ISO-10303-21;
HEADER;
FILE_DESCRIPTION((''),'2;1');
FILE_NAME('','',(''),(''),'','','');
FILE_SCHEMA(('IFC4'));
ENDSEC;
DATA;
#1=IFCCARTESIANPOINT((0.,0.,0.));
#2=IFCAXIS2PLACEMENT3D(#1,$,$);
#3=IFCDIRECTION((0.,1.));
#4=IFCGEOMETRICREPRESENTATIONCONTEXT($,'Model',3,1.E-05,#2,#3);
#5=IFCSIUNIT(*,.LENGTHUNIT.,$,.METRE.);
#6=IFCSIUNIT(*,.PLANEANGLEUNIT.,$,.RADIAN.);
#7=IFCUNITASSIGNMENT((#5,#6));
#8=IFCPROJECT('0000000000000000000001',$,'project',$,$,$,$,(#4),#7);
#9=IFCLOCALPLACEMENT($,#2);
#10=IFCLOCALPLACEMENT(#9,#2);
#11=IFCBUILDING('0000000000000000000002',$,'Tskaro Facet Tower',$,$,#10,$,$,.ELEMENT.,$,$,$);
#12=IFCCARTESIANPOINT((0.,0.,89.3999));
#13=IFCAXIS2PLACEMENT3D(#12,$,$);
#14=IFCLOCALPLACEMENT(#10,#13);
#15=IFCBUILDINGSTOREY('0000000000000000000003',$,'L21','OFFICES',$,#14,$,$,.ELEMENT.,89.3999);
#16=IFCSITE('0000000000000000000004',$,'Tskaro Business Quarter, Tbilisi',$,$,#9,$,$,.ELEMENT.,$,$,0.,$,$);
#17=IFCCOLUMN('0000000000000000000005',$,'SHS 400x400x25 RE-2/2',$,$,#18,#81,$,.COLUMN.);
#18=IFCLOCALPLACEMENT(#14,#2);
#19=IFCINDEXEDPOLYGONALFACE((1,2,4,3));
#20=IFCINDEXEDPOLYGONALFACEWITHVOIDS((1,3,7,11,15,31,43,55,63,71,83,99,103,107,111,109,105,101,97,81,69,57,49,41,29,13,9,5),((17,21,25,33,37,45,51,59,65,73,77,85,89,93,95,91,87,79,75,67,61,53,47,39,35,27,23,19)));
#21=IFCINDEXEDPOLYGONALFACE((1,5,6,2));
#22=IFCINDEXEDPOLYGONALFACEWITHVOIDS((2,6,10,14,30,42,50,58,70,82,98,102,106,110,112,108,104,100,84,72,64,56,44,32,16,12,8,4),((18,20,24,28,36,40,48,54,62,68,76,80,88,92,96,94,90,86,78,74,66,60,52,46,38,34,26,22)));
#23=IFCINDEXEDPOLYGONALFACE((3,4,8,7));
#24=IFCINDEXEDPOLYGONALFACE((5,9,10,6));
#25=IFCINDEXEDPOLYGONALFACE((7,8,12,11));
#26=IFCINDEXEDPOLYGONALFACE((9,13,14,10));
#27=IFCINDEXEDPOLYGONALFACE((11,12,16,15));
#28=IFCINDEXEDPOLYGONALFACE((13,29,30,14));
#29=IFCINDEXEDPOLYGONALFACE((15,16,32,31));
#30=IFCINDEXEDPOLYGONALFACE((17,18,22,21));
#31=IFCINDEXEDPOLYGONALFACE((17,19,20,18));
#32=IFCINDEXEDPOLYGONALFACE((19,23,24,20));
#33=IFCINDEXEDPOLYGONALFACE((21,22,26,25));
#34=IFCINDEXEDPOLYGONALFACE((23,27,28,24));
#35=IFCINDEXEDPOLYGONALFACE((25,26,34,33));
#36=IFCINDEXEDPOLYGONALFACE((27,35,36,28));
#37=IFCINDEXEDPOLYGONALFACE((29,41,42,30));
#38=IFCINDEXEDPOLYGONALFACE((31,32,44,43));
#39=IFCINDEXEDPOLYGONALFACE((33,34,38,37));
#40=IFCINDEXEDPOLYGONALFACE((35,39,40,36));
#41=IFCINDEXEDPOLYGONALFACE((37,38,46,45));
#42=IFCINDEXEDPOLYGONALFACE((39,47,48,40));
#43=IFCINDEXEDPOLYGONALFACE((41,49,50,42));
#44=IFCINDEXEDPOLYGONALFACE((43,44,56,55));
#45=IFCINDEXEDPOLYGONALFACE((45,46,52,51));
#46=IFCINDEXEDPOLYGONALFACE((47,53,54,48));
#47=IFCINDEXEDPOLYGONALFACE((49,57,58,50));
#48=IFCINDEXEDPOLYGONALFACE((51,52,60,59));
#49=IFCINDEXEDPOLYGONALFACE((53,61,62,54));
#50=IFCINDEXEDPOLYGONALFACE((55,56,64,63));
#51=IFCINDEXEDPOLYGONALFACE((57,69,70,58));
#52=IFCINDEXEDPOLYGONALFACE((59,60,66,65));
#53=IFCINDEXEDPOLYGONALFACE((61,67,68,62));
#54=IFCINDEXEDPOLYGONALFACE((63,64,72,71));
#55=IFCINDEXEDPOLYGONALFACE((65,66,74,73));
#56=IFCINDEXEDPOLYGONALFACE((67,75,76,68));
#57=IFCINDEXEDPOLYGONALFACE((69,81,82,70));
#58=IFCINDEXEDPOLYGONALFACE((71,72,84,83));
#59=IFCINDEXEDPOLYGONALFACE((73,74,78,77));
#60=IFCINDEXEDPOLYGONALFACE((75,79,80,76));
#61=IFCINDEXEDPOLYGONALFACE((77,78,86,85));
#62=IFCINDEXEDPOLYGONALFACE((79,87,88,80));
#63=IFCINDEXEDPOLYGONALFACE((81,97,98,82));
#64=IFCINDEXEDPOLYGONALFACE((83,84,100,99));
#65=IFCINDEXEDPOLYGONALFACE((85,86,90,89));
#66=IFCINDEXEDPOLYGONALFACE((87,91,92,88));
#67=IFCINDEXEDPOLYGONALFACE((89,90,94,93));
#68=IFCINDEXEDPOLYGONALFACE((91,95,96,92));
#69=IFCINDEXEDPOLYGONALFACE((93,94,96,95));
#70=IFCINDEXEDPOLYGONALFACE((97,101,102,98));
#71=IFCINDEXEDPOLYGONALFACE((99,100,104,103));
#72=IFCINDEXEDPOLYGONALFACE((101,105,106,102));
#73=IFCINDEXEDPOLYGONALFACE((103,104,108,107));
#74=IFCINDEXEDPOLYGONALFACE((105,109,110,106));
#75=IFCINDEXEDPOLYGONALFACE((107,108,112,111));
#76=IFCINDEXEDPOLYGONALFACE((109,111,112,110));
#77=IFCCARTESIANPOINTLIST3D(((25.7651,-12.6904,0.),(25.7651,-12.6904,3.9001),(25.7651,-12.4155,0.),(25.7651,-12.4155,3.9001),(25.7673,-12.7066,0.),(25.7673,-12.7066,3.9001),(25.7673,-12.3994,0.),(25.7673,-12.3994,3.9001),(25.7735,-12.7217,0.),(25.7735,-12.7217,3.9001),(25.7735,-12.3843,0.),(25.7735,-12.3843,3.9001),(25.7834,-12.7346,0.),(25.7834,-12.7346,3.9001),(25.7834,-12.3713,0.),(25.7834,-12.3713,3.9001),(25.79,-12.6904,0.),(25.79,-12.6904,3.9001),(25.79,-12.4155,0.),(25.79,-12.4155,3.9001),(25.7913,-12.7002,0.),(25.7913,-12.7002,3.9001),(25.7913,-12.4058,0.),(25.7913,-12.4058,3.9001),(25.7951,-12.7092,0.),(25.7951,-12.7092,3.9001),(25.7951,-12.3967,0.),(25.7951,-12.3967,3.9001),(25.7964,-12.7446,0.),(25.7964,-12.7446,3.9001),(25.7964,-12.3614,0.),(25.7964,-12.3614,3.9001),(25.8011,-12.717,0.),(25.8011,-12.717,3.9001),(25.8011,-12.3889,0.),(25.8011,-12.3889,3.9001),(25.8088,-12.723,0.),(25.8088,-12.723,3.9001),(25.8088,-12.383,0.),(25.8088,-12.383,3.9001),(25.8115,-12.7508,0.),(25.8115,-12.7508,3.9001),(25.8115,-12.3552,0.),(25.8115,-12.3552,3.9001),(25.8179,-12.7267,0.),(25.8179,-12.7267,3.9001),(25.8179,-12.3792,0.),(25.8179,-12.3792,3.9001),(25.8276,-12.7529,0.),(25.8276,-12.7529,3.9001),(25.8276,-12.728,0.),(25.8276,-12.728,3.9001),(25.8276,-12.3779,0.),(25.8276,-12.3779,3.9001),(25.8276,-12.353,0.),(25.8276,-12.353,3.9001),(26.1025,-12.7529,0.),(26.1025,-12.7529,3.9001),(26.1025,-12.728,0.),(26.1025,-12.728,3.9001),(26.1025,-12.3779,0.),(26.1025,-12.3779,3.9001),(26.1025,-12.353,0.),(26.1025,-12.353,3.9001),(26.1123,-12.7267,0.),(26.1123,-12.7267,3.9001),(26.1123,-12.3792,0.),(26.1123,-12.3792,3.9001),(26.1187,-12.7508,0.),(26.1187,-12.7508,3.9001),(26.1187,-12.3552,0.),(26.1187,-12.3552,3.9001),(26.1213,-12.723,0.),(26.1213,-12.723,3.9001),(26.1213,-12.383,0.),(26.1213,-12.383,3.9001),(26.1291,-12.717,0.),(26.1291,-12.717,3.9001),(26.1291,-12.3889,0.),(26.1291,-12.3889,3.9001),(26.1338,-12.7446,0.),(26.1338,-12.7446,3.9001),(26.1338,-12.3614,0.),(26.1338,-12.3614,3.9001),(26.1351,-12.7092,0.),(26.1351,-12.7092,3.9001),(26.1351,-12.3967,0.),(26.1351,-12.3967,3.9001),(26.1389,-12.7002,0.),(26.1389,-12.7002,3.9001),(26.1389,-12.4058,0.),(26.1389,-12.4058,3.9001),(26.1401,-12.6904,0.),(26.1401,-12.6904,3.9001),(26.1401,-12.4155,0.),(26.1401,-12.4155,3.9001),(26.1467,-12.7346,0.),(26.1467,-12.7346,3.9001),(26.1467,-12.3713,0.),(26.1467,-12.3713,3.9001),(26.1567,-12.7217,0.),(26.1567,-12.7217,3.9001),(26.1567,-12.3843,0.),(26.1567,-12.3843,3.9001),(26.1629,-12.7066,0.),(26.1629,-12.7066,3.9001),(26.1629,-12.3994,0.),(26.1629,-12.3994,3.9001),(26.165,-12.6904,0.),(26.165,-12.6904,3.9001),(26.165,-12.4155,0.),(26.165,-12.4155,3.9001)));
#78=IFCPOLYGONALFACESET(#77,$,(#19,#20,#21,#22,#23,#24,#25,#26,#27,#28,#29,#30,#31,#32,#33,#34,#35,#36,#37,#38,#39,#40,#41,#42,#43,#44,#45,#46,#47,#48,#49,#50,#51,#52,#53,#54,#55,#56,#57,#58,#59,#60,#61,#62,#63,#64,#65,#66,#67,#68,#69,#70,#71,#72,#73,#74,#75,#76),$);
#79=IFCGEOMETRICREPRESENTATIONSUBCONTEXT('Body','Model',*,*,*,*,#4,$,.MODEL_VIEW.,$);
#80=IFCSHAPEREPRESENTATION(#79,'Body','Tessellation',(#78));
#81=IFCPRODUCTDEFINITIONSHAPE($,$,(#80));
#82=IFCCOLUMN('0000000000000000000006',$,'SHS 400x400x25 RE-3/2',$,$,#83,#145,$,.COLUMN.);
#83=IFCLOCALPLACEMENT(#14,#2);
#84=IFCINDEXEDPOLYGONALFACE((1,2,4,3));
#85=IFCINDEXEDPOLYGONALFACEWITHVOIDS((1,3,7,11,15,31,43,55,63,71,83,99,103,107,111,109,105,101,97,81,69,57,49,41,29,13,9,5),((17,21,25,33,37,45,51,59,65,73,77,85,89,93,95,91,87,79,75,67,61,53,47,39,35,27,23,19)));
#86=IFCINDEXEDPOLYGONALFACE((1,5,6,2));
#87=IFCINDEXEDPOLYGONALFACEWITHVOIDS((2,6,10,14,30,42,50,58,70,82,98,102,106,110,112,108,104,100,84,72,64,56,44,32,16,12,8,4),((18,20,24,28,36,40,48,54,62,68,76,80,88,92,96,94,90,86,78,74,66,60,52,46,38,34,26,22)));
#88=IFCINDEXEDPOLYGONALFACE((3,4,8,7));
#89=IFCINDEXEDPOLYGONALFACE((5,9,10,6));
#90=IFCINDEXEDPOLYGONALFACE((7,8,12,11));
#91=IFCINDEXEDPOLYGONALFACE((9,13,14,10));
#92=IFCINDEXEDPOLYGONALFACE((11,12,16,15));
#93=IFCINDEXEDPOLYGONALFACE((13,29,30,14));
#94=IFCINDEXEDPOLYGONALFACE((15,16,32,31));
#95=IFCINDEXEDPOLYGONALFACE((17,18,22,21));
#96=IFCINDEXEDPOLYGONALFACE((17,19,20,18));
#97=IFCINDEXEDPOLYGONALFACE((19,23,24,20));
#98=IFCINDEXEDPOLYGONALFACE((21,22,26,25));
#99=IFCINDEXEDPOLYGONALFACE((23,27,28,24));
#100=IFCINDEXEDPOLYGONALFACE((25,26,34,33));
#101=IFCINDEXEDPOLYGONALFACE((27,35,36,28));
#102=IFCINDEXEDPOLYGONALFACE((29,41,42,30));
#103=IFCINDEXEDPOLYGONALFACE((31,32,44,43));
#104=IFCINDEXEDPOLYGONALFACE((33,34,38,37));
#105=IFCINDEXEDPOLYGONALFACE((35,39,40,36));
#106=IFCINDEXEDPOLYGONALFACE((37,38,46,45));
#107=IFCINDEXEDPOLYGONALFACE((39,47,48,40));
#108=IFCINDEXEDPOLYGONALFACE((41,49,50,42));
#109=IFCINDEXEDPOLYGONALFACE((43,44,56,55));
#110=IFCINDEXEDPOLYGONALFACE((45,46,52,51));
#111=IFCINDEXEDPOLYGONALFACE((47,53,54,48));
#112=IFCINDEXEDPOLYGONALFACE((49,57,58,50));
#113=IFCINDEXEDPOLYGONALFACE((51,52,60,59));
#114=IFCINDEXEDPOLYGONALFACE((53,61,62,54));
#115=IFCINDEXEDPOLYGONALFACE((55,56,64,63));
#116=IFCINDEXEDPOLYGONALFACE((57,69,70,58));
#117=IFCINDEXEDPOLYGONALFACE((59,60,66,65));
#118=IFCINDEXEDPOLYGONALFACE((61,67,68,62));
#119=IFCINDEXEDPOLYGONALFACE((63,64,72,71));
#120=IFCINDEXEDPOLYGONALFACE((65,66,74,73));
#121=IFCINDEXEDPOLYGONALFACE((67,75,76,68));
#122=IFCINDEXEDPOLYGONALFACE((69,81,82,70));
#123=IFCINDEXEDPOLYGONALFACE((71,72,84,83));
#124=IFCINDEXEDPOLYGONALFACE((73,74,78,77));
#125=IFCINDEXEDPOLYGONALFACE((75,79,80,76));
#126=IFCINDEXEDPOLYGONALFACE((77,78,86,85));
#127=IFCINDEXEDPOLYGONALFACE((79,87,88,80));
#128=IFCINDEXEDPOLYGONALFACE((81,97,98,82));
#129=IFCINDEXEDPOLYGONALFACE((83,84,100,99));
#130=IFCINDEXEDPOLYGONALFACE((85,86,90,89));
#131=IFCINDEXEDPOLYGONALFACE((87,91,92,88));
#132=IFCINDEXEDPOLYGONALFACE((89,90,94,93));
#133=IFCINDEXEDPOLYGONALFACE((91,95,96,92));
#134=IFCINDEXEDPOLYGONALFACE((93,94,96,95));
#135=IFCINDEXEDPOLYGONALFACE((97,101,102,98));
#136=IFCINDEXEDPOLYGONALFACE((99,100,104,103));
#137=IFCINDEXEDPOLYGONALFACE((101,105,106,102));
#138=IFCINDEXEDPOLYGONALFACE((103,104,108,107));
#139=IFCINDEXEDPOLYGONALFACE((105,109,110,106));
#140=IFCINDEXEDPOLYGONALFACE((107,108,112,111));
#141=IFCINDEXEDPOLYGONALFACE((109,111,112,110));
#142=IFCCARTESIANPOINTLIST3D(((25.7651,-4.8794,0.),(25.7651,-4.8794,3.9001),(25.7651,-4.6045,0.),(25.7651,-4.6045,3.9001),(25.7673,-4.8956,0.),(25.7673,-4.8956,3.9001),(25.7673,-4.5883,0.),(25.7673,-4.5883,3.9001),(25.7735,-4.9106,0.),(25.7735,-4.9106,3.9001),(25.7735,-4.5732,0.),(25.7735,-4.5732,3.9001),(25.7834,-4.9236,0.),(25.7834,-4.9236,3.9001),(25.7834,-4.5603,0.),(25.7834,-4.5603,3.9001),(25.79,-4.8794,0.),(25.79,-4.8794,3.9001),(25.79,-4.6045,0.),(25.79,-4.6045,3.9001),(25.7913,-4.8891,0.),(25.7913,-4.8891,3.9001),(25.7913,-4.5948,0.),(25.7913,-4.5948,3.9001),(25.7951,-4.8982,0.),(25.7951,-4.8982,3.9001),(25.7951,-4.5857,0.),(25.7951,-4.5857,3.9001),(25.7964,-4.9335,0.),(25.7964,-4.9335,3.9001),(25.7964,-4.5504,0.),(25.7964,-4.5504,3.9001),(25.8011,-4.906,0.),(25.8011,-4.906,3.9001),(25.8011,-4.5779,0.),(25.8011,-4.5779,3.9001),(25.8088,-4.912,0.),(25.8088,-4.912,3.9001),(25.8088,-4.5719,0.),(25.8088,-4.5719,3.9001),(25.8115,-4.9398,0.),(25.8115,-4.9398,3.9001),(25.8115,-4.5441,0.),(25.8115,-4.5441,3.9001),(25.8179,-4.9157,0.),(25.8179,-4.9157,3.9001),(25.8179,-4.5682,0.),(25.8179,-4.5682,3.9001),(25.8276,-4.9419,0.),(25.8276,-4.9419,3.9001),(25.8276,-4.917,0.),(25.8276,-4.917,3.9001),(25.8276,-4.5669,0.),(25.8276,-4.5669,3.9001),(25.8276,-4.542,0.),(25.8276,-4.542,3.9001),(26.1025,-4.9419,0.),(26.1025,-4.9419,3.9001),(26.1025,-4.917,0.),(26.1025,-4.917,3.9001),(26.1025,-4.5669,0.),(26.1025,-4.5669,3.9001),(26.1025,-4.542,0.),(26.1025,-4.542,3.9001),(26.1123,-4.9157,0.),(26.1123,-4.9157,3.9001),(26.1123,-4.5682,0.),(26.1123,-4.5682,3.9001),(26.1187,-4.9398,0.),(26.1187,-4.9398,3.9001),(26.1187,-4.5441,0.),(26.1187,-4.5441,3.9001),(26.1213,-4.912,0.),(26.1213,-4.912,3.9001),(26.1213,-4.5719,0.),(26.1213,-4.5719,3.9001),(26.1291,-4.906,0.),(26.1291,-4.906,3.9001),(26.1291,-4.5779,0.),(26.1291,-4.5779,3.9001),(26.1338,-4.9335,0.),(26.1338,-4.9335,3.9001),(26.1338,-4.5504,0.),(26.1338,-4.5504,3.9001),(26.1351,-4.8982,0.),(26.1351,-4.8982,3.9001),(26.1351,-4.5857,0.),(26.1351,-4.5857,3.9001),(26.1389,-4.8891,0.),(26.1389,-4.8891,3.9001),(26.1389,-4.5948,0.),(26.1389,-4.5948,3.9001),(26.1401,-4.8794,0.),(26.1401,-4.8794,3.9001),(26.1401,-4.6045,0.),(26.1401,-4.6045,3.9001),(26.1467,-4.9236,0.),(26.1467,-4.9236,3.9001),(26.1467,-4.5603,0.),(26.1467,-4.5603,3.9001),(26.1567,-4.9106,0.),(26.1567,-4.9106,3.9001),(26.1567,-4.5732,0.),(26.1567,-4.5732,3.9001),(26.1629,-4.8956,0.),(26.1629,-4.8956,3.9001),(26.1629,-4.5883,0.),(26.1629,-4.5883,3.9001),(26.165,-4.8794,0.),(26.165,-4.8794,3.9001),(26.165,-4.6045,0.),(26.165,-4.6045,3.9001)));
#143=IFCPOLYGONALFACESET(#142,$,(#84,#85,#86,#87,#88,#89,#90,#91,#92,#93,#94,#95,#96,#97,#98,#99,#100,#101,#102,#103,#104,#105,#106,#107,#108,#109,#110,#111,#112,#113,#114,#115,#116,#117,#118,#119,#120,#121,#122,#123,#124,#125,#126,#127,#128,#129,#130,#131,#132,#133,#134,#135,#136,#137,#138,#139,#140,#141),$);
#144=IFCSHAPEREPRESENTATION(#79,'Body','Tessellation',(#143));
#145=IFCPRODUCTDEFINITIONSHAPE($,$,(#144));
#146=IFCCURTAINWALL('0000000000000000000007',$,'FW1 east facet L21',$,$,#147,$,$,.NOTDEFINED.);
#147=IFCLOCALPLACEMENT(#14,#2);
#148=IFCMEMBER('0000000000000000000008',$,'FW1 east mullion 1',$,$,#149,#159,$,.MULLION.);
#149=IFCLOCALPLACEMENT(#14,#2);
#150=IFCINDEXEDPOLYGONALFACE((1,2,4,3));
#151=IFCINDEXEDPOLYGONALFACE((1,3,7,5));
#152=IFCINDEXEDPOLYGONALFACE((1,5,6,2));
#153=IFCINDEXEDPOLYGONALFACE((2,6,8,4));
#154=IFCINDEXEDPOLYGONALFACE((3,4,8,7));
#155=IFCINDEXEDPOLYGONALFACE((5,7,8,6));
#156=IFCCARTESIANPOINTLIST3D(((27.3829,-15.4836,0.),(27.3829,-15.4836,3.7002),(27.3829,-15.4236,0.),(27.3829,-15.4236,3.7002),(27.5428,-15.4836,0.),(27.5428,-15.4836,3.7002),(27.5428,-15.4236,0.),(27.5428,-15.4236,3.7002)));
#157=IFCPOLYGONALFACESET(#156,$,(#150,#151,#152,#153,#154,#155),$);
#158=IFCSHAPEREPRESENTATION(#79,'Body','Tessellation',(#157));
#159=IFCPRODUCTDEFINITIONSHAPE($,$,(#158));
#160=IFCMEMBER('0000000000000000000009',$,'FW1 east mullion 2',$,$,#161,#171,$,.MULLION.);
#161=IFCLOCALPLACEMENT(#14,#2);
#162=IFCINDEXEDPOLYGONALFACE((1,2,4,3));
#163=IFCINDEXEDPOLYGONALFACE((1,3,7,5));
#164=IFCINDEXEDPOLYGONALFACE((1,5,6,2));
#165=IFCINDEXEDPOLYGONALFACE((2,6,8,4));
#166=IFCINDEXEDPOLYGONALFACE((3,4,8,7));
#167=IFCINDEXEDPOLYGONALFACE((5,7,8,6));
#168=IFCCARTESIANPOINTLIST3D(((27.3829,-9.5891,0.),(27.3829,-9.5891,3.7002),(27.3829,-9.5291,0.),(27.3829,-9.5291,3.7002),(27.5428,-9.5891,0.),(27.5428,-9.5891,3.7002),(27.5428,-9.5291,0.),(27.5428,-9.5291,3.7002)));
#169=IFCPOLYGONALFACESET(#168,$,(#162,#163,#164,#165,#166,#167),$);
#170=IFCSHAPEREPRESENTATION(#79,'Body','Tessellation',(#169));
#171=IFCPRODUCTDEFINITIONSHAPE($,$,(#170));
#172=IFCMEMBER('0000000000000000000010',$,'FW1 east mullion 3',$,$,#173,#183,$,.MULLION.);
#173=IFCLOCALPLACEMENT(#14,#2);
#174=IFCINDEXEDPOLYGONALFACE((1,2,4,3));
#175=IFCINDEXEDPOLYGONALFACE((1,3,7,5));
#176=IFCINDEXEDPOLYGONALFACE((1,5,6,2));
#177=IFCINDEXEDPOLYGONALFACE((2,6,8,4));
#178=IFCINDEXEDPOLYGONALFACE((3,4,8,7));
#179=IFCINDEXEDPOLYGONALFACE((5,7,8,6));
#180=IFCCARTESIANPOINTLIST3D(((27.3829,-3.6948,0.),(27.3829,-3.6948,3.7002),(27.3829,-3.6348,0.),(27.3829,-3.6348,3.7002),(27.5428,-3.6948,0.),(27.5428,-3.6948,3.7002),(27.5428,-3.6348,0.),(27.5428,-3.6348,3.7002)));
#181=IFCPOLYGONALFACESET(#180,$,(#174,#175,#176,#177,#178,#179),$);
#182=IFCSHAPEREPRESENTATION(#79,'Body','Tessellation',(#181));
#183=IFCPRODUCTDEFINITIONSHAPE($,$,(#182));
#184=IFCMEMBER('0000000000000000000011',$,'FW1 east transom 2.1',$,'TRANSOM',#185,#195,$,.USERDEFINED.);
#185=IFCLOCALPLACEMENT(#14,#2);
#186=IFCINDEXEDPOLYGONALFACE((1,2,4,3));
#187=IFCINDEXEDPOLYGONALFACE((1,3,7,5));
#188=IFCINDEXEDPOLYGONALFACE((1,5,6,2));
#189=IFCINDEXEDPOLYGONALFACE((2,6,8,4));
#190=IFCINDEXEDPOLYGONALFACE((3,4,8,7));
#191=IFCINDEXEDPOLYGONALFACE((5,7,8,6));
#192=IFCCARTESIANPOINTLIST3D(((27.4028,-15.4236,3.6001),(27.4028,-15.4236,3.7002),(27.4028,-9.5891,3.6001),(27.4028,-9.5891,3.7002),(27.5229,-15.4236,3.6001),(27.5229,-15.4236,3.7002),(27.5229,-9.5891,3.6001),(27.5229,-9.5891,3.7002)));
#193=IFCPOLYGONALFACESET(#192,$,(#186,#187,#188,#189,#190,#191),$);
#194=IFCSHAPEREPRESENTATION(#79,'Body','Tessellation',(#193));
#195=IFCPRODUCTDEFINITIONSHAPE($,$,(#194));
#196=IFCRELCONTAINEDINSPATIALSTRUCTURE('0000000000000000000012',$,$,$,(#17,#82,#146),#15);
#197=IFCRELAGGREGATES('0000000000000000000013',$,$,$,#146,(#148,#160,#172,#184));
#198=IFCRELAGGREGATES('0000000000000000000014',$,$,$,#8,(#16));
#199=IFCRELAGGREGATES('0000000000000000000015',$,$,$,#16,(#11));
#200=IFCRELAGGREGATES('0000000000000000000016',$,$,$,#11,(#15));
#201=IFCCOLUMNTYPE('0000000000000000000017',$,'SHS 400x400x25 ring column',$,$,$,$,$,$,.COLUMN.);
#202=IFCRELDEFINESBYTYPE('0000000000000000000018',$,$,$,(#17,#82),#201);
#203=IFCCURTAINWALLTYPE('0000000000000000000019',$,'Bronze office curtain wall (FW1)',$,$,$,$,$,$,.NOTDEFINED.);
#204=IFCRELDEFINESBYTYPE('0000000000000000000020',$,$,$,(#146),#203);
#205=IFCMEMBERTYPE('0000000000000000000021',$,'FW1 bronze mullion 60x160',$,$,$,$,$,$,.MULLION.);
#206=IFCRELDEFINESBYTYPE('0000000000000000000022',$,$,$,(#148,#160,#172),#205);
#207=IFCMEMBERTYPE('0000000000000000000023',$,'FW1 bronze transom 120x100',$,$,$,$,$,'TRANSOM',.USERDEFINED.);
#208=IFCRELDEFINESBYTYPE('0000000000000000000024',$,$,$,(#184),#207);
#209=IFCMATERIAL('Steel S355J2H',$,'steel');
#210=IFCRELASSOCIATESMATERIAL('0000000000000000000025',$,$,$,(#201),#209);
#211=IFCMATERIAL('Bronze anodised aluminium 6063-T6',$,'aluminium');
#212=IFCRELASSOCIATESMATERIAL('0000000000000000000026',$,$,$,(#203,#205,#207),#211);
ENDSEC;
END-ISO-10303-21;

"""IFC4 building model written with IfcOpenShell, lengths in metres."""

from ifc_helpers import new_model, si_unit, direction, frame, origin, origin_2d, place, context, subcontext, project, spatial, rectangle, hollow_rectangle, extrude, material, material_profile, profile_set, type_object, element, aggregate, save


model = new_model("IFC4")

# Units and contexts
model_context = context("Model", 3, precision=1e-05, world=origin(), true_north=direction((0.0, 1.0)))
body_context = subcontext(model_context, "Body", "Model", "MODEL_VIEW")
ifc_project = project(units=[si_unit("LENGTHUNIT", "METRE"), si_unit("PLANEANGLEUNIT", "RADIAN")], contexts=[model_context])

# Site, building, storey
site_placement = place(None, origin())
site = spatial("IfcSite", under=ifc_project, at=site_placement, Name="Tskaro Business Quarter, Tbilisi", CompositionType="ELEMENT", RefElevation=0.0)
building_placement = place(site_placement, origin())
building = spatial("IfcBuilding", under=site, at=building_placement, Name="Tskaro Facet Tower", CompositionType="ELEMENT")
storey_placement = place(building_placement, frame((0.0, 0.0, 89.3999)))
storey = spatial("IfcBuildingStorey", under=building, at=storey_placement, Name="L21", Description="OFFICES", CompositionType="ELEMENT", Elevation=89.3999)

# Columns
ifc_material_1 = material(Name="Steel S355J2H", Category="steel")
ifc_material_profile_1 = material_profile(ifc_material_1, hollow_rectangle(XDim=0.3999, YDim=0.3999, WallThickness=0.0249, InnerFilletRadius=0.0376, OuterFilletRadius=0.0625, at=origin_2d()), Name="SHS 400x400x25")
ifc_profile_set_1 = profile_set([ifc_material_profile_1], Name="Steel S355J2H")
column_type_1 = type_object("IfcColumnType", Name="SHS 400x400x25 ring column", PredefinedType="COLUMN", material=ifc_profile_set_1)
for number, where, z_axis, x_axis, name in (
    (1, (25.9651, -12.553, 0.0), (0.0, 0.0, 1.0), (1.0, 0.0, 0.0), "SHS 400x400x25 RE-2/2"),
    (2, (25.9651, -4.7419, 0.0), (0.0, 0.0, 1.0), (1.0, 0.0, 0.0), "SHS 400x400x25 RE-3/2"),
):
    element("IfcColumn", number, at=place(storey_placement, frame(where, z_axis=z_axis, x_axis=x_axis)), inside=storey, type_object=column_type_1, Name=name, PredefinedType="COLUMN", context=body_context, shape_type="SweptSolid", body=[
        extrude(hollow_rectangle(XDim=0.3999, YDim=0.3999, WallThickness=0.0249, InnerFilletRadius=0.0376, OuterFilletRadius=0.0625, at=origin_2d()), origin(), (0.0, 0.0, 1.0), 3.9001),
    ])

# Curtain wall, members
ifc_material_2 = material(Name="Bronze anodised aluminium 6063-T6", Category="aluminium")
curtain_wall_type = type_object("IfcCurtainWallType", Name="Bronze office curtain wall (FW1)", PredefinedType="NOTDEFINED", material=ifc_material_2)
curtain_wall_placement = place(storey_placement, origin())
curtain_wall = element("IfcCurtainWall", 3, at=curtain_wall_placement, inside=storey, type_object=curtain_wall_type, Name="FW1 east facet L21", PredefinedType="NOTDEFINED")
ifc_material_profile_2 = material_profile(ifc_material_2, rectangle(XDim=0.0601, YDim=0.1599, at=origin_2d()), Name="Mullion 60x160")
ifc_profile_set_2 = profile_set([ifc_material_profile_2], Name="Bronze anodised aluminium 6063-T6")
member_type_1 = type_object("IfcMemberType", Name="FW1 bronze mullion 60x160", PredefinedType="MULLION", material=ifc_profile_set_2)
member_1_placement = place(storey_placement, frame((27.4629, -15.4536, 0.0), z_axis=(0.0, 0.0, 1.0), x_axis=(0.0, 1.0, 0.0)))
member_1 = element("IfcMember", 4, at=member_1_placement, type_object=member_type_1, Name="FW1 east mullion 1", PredefinedType="MULLION", context=body_context, shape_type="SweptSolid", body=[
    extrude(rectangle(XDim=0.0601, YDim=0.1599, at=origin_2d()), origin(), (0.0, 0.0, 1.0), 3.7002),
])
member_2_placement = place(storey_placement, frame((27.4629, -9.5591, 0.0), z_axis=(0.0, 0.0, 1.0), x_axis=(0.0, 1.0, 0.0)))
member_2 = element("IfcMember", 5, at=member_2_placement, type_object=member_type_1, Name="FW1 east mullion 2", PredefinedType="MULLION", context=body_context, shape_type="SweptSolid", body=[
    extrude(rectangle(XDim=0.0601, YDim=0.1599, at=origin_2d()), origin(), (0.0, 0.0, 1.0), 3.7002),
])
member_3_placement = place(storey_placement, frame((27.4629, -3.6648, 0.0), z_axis=(0.0, 0.0, 1.0), x_axis=(0.0, 1.0, 0.0)))
member_3 = element("IfcMember", 6, at=member_3_placement, type_object=member_type_1, Name="FW1 east mullion 3", PredefinedType="MULLION", context=body_context, shape_type="SweptSolid", body=[
    extrude(rectangle(XDim=0.0601, YDim=0.1599, at=origin_2d()), origin(), (0.0, 0.0, 1.0), 3.7002),
])
ifc_material_profile_3 = material_profile(ifc_material_2, rectangle(XDim=0.1201, YDim=0.1001, at=origin_2d()), Name="Transom 120x100")
ifc_profile_set_3 = profile_set([ifc_material_profile_3], Name="Bronze anodised aluminium 6063-T6")
member_type_2 = type_object("IfcMemberType", Name="FW1 bronze transom 120x100", ElementType="TRANSOM", PredefinedType="USERDEFINED", material=ifc_profile_set_3)
member_4_placement = place(storey_placement, frame((27.4629, -15.4236, 3.6501), z_axis=(0.0, 1.0, 0.0), x_axis=(-1.0, 0.0, 0.0)))
member_4 = element("IfcMember", 7, at=member_4_placement, type_object=member_type_2, Name="FW1 east transom 2.1", ObjectType="TRANSOM", PredefinedType="USERDEFINED", context=body_context, shape_type="SweptSolid", body=[
    extrude(rectangle(XDim=0.1201, YDim=0.1001, at=origin_2d()), origin(), (0.0, 0.0, 1.0), 5.8345),
])

aggregate(curtain_wall, [member_1, member_2, member_3, member_4])

save(model, "model.ifc")
